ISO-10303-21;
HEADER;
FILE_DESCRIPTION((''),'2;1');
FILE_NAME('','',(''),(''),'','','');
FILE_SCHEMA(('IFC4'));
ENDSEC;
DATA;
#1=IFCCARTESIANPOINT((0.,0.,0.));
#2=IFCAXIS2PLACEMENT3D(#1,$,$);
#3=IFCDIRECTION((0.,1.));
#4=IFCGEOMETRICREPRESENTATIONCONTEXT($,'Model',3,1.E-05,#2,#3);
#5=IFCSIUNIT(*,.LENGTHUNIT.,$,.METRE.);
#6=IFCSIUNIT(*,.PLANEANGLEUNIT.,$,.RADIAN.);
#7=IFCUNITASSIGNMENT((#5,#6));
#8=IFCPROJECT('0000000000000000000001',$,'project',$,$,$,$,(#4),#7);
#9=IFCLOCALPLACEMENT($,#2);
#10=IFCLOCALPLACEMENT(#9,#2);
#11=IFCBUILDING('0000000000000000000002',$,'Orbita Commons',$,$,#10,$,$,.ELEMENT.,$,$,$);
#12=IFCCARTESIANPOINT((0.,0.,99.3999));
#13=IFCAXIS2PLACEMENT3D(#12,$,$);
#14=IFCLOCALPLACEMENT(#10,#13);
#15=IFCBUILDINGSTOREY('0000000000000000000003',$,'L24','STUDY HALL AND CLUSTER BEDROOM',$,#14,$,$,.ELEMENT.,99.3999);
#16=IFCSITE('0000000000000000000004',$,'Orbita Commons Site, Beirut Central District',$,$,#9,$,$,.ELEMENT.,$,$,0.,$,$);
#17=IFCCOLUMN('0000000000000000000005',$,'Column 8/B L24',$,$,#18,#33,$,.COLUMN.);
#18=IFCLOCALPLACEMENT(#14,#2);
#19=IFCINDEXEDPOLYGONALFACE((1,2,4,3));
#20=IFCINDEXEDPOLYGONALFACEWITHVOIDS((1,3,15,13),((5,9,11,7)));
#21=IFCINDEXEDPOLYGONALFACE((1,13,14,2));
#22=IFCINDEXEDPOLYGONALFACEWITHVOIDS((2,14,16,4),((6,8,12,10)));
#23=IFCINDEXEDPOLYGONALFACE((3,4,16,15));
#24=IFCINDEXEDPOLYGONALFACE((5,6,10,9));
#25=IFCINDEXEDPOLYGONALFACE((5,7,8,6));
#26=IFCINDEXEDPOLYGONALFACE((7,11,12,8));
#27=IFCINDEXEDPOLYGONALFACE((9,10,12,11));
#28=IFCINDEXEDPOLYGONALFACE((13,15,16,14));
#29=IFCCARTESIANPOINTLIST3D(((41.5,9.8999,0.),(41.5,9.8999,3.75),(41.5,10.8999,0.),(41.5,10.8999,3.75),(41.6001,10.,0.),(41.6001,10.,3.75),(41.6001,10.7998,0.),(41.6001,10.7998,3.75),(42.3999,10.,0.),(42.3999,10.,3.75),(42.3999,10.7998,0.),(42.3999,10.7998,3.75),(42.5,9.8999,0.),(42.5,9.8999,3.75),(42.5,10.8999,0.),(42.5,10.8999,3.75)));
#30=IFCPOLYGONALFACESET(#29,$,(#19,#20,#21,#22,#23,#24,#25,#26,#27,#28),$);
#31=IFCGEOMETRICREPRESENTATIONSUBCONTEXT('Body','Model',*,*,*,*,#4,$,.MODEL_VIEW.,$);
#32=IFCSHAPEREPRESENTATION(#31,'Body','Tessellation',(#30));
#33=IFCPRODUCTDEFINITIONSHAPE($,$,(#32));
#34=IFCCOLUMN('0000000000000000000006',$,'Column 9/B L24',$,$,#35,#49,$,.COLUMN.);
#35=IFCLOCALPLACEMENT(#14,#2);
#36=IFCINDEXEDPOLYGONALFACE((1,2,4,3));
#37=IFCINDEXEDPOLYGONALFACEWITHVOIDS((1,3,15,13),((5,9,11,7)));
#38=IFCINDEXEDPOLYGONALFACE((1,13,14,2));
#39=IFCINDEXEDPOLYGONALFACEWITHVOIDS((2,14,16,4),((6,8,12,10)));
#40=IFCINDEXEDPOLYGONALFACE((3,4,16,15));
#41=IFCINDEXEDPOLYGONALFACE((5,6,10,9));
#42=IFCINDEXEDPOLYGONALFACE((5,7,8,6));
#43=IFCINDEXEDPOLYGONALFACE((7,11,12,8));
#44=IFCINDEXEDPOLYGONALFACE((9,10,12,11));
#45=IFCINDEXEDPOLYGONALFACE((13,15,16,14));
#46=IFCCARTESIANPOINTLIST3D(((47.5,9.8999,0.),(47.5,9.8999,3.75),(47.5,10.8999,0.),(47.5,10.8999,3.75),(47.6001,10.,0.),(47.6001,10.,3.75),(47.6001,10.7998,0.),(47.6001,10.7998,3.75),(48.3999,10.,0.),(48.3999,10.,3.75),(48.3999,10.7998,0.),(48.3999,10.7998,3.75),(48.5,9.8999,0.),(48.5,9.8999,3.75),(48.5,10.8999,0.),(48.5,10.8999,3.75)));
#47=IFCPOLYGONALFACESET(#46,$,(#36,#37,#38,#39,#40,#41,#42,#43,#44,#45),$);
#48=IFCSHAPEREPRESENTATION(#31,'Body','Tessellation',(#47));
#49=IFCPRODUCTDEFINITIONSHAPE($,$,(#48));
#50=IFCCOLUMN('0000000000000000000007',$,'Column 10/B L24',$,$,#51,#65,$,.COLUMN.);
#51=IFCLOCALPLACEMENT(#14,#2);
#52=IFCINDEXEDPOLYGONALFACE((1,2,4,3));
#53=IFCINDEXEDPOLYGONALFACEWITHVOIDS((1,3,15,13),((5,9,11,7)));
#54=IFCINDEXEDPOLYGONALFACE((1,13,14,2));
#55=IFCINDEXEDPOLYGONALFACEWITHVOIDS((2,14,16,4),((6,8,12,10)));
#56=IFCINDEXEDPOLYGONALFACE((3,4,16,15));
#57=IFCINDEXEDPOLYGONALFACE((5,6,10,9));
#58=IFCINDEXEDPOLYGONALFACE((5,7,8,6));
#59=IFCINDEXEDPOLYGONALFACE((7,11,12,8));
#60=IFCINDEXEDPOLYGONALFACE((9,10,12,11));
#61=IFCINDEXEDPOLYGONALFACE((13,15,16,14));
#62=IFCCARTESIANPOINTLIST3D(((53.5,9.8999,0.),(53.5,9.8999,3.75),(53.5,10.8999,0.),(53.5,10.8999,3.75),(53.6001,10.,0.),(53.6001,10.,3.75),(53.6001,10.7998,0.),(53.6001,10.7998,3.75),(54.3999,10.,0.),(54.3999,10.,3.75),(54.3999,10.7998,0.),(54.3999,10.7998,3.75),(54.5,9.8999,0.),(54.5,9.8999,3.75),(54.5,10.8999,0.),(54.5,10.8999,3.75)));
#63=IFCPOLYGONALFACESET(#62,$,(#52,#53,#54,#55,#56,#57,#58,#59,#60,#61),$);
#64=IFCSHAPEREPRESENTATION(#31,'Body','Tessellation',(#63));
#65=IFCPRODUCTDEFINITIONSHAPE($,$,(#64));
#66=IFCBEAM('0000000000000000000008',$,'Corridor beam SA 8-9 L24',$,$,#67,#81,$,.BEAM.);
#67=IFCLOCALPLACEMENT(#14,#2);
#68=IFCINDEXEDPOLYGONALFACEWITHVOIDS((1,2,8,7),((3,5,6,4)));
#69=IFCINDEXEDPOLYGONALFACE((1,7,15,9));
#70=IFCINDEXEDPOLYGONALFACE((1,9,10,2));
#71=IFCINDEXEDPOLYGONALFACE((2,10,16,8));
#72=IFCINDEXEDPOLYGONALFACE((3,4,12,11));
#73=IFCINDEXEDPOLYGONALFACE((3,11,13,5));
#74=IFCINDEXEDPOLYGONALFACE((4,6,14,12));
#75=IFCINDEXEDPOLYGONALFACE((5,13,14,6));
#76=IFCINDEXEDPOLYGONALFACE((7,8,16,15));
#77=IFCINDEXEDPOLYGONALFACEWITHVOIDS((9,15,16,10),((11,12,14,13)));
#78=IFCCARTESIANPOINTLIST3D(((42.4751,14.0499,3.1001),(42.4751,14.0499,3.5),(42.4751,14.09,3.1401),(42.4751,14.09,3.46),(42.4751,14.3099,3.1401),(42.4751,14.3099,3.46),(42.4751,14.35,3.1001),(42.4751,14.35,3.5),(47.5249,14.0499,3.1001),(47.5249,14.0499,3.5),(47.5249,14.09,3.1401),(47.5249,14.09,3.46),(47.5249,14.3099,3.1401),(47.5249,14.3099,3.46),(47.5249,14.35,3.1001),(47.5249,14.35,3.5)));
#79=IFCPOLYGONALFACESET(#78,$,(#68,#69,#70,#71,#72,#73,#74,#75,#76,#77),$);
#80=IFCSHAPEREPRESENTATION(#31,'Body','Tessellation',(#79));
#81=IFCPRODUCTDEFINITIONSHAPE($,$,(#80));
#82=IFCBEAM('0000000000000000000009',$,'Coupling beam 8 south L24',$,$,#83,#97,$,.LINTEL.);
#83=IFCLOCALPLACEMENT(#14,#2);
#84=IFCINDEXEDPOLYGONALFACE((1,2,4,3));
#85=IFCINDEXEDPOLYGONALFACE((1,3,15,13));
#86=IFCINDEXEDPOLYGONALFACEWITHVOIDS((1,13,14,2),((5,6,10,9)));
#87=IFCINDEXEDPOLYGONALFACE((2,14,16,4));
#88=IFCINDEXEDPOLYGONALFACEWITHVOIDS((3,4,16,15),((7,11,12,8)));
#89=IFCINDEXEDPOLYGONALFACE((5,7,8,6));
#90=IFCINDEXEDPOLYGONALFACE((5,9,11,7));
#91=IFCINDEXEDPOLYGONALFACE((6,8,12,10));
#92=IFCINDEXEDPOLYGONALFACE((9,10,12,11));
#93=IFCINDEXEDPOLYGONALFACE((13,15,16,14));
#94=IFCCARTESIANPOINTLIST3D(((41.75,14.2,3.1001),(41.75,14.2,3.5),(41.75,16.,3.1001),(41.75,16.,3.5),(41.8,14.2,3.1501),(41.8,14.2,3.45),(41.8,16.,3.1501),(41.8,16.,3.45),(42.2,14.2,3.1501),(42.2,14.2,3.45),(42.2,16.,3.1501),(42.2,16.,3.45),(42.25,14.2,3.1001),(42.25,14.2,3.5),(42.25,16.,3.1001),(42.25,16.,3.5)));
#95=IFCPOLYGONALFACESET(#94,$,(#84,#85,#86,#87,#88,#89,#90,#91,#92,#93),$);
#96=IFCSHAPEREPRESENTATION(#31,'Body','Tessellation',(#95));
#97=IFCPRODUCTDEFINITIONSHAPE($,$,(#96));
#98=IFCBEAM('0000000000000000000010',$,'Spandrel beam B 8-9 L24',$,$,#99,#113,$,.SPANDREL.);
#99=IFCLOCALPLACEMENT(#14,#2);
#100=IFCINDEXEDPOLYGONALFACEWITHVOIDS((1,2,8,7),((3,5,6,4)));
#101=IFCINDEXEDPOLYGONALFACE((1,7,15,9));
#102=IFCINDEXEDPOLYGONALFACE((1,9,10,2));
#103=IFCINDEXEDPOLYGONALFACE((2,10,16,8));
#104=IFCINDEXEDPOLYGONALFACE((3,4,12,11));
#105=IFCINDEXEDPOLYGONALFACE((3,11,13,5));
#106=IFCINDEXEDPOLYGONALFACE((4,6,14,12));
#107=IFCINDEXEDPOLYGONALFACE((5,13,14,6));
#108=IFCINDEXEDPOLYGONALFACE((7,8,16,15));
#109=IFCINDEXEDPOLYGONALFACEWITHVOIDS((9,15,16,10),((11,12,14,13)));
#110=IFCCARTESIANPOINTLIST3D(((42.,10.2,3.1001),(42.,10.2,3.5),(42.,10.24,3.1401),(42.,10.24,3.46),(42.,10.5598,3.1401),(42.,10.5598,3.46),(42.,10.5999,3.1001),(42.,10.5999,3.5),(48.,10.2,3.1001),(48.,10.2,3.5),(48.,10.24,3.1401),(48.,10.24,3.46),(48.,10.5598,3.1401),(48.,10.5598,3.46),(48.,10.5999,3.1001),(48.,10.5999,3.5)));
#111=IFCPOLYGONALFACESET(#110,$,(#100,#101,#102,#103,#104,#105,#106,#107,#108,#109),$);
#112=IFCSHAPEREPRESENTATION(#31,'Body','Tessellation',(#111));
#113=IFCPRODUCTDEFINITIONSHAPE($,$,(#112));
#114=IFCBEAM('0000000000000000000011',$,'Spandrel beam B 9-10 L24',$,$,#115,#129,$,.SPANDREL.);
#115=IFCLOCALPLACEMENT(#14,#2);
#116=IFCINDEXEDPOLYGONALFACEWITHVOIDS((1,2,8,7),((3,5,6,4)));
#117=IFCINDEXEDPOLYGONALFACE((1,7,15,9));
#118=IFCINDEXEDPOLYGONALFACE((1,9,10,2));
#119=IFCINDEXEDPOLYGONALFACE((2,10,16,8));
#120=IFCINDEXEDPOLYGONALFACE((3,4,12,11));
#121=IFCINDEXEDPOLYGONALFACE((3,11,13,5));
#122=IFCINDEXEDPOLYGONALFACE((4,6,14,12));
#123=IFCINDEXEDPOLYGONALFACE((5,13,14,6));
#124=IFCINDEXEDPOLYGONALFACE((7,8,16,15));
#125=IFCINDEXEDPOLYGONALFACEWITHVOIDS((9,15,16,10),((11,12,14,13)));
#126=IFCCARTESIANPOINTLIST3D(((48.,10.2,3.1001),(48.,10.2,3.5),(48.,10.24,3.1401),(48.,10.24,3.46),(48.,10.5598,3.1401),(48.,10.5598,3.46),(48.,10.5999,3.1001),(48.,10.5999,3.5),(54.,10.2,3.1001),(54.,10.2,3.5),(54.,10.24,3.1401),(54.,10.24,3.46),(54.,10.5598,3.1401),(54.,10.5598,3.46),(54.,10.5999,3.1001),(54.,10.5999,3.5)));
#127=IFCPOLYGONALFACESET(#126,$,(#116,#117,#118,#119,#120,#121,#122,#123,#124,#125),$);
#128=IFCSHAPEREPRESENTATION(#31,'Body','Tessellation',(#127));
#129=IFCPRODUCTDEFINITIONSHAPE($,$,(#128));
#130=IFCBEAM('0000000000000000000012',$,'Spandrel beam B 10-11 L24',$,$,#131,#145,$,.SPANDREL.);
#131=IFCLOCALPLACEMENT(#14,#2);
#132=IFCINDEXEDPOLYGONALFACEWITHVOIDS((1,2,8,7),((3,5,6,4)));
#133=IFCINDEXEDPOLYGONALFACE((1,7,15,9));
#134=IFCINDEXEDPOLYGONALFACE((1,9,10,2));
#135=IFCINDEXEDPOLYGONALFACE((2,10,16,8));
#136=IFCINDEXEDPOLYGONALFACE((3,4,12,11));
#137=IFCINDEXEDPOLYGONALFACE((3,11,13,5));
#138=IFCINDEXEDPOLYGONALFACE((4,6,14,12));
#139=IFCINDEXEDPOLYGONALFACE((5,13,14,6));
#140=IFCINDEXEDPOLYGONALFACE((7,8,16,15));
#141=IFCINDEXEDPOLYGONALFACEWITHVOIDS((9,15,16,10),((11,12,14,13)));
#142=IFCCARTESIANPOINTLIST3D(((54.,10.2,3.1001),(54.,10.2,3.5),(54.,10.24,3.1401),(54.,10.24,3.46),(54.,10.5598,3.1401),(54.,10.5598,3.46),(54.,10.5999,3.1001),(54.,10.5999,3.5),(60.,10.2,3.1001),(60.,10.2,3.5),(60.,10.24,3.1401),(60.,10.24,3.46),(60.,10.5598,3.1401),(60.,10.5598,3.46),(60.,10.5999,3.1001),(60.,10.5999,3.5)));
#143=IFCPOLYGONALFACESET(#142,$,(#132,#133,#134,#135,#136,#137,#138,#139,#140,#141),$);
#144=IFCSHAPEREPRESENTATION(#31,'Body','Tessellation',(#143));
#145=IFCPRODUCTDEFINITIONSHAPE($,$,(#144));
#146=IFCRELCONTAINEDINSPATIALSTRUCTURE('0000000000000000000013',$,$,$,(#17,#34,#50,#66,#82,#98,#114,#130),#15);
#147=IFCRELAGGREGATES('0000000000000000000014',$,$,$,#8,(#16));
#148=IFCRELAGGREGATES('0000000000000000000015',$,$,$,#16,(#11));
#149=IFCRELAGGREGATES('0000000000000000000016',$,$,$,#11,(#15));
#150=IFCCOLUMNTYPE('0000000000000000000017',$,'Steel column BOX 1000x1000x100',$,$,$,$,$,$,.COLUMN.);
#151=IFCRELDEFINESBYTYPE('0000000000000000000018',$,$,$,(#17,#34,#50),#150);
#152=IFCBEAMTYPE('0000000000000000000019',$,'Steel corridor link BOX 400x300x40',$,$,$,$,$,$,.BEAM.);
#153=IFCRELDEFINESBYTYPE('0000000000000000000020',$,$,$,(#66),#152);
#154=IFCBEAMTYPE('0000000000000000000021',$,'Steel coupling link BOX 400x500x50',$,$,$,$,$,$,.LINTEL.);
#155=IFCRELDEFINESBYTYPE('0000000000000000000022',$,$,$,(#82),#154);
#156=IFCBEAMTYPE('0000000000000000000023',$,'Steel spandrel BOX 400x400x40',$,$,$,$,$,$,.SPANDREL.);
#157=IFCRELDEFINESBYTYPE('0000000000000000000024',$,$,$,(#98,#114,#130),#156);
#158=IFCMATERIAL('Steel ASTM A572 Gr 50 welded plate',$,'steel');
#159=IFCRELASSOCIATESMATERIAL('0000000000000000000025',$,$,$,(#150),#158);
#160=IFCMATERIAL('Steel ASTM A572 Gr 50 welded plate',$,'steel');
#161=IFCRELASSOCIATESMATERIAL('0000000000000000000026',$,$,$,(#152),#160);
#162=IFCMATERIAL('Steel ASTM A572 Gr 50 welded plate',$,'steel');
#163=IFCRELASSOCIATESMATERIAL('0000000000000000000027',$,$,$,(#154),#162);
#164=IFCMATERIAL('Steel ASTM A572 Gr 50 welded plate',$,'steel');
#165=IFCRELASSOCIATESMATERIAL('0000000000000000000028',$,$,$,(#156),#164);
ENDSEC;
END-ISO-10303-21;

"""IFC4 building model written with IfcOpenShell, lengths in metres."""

from ifc_helpers import new_model, si_unit, direction, frame, origin, origin_2d, place, context, subcontext, project, spatial, hollow_rectangle, extrude, material, material_profile, profile_set, type_object, element, save


model = new_model("IFC4")

# Units and contexts
model_context = context("Model", 3, precision=1e-05, world=origin(), true_north=direction((0.0, 1.0)))
body_context = subcontext(model_context, "Body", "Model", "MODEL_VIEW")
ifc_project = project(units=[si_unit("LENGTHUNIT", "METRE"), si_unit("PLANEANGLEUNIT", "RADIAN")], contexts=[model_context])

# Site, building, storey
site_placement = place(None, origin())
site = spatial("IfcSite", under=ifc_project, at=site_placement, Name="Orbita Commons Site, Beirut Central District", CompositionType="ELEMENT", RefElevation=0.0)
building_placement = place(site_placement, origin())
building = spatial("IfcBuilding", under=site, at=building_placement, Name="Orbita Commons", CompositionType="ELEMENT")
storey_placement = place(building_placement, frame((0.0, 0.0, 99.3999)))
storey = spatial("IfcBuildingStorey", under=building, at=storey_placement, Name="L24", Description="STUDY HALL AND CLUSTER BEDROOM", CompositionType="ELEMENT", Elevation=99.3999)

# Columns
ifc_material_1 = material(Name="Steel ASTM A572 Gr 50 welded plate", Category="steel")
ifc_material_profile_1 = material_profile(ifc_material_1, hollow_rectangle(XDim=1.0, YDim=1.0, WallThickness=0.1001, at=origin_2d()), Name="BOX 1000x1000x100")
ifc_profile_set_1 = profile_set([ifc_material_profile_1], Name="Steel ASTM A572 Gr 50 welded plate")
column_type = type_object("IfcColumnType", Name="Steel column BOX 1000x1000x100", PredefinedType="COLUMN", material=ifc_profile_set_1)
for number, where, z_axis, x_axis, name in (
    (1, (42.0, 10.3999, 0.0), (0.0, 0.0, 1.0), (1.0, 0.0, 0.0), "Column 8/B L24"),
    (2, (48.0, 10.3999, 0.0), (0.0, 0.0, 1.0), (1.0, 0.0, 0.0), "Column 9/B L24"),
    (3, (54.0, 10.3999, 0.0), (0.0, 0.0, 1.0), (1.0, 0.0, 0.0), "Column 10/B L24"),
):
    element("IfcColumn", number, at=place(storey_placement, frame(where, z_axis=z_axis, x_axis=x_axis)), inside=storey, type_object=column_type, Name=name, PredefinedType="COLUMN", context=body_context, shape_type="SweptSolid", body=[
        extrude(hollow_rectangle(XDim=1.0, YDim=1.0, WallThickness=0.1001, at=origin_2d()), origin(), (0.0, 0.0, 1.0), 3.75),
    ])

# Beams
ifc_material_2 = material(Name="Steel ASTM A572 Gr 50 welded plate", Category="steel")
ifc_material_profile_2 = material_profile(ifc_material_2, hollow_rectangle(XDim=0.3, YDim=0.3999, WallThickness=0.04, at=origin_2d()), Name="BOX 400x300x40")
ifc_profile_set_2 = profile_set([ifc_material_profile_2], Name="Steel ASTM A572 Gr 50 welded plate")
beam_type_1 = type_object("IfcBeamType", Name="Steel corridor link BOX 400x300x40", PredefinedType="BEAM", material=ifc_profile_set_2)
beam_1_placement = place(storey_placement, frame((42.4751, 14.2, 3.3), z_axis=(1.0, 0.0, 0.0), x_axis=(0.0, 1.0, 0.0)))
element("IfcBeam", 4, at=beam_1_placement, inside=storey, type_object=beam_type_1, Name="Corridor beam SA 8-9 L24", PredefinedType="BEAM", context=body_context, shape_type="SweptSolid", body=[
    extrude(hollow_rectangle(XDim=0.3, YDim=0.3999, WallThickness=0.04, at=origin_2d()), origin(), (0.0, 0.0, 1.0), 5.0498),
])
ifc_material_3 = material(Name="Steel ASTM A572 Gr 50 welded plate", Category="steel")
ifc_material_profile_3 = material_profile(ifc_material_3, hollow_rectangle(XDim=0.5, YDim=0.3999, WallThickness=0.05, at=origin_2d()), Name="BOX 400x500x50")
ifc_profile_set_3 = profile_set([ifc_material_profile_3], Name="Steel ASTM A572 Gr 50 welded plate")
beam_type_2 = type_object("IfcBeamType", Name="Steel coupling link BOX 400x500x50", PredefinedType="LINTEL", material=ifc_profile_set_3)
beam_2_placement = place(storey_placement, frame((42.0, 14.2, 3.3), z_axis=(0.0, 1.0, 0.0), x_axis=(-1.0, 0.0, 0.0)))
element("IfcBeam", 5, at=beam_2_placement, inside=storey, type_object=beam_type_2, Name="Coupling beam 8 south L24", PredefinedType="LINTEL", context=body_context, shape_type="SweptSolid", body=[
    extrude(hollow_rectangle(XDim=0.5, YDim=0.3999, WallThickness=0.05, at=origin_2d()), origin(), (0.0, 0.0, 1.0), 1.8),
])
ifc_material_4 = material(Name="Steel ASTM A572 Gr 50 welded plate", Category="steel")
ifc_material_profile_4 = material_profile(ifc_material_4, hollow_rectangle(XDim=0.3999, YDim=0.3999, WallThickness=0.04, at=origin_2d()), Name="BOX 400x400x40")
ifc_profile_set_4 = profile_set([ifc_material_profile_4], Name="Steel ASTM A572 Gr 50 welded plate")
beam_type_3 = type_object("IfcBeamType", Name="Steel spandrel BOX 400x400x40", PredefinedType="SPANDREL", material=ifc_profile_set_4)
for number, where, z_axis, x_axis, name in (
    (6, (42.0, 10.3999, 3.3), (1.0, 0.0, 0.0), (0.0, 1.0, 0.0), "Spandrel beam B 8-9 L24"),
    (7, (48.0, 10.3999, 3.3), (1.0, 0.0, 0.0), (0.0, 1.0, 0.0), "Spandrel beam B 9-10 L24"),
    (8, (54.0, 10.3999, 3.3), (1.0, 0.0, 0.0), (0.0, 1.0, 0.0), "Spandrel beam B 10-11 L24"),
):
    element("IfcBeam", number, at=place(storey_placement, frame(where, z_axis=z_axis, x_axis=x_axis)), inside=storey, type_object=beam_type_3, Name=name, PredefinedType="SPANDREL", context=body_context, shape_type="SweptSolid", body=[
        extrude(hollow_rectangle(XDim=0.3999, YDim=0.3999, WallThickness=0.04, at=origin_2d()), origin(), (0.0, 0.0, 1.0), 6.0),
    ])

save(model, "model.ifc")
